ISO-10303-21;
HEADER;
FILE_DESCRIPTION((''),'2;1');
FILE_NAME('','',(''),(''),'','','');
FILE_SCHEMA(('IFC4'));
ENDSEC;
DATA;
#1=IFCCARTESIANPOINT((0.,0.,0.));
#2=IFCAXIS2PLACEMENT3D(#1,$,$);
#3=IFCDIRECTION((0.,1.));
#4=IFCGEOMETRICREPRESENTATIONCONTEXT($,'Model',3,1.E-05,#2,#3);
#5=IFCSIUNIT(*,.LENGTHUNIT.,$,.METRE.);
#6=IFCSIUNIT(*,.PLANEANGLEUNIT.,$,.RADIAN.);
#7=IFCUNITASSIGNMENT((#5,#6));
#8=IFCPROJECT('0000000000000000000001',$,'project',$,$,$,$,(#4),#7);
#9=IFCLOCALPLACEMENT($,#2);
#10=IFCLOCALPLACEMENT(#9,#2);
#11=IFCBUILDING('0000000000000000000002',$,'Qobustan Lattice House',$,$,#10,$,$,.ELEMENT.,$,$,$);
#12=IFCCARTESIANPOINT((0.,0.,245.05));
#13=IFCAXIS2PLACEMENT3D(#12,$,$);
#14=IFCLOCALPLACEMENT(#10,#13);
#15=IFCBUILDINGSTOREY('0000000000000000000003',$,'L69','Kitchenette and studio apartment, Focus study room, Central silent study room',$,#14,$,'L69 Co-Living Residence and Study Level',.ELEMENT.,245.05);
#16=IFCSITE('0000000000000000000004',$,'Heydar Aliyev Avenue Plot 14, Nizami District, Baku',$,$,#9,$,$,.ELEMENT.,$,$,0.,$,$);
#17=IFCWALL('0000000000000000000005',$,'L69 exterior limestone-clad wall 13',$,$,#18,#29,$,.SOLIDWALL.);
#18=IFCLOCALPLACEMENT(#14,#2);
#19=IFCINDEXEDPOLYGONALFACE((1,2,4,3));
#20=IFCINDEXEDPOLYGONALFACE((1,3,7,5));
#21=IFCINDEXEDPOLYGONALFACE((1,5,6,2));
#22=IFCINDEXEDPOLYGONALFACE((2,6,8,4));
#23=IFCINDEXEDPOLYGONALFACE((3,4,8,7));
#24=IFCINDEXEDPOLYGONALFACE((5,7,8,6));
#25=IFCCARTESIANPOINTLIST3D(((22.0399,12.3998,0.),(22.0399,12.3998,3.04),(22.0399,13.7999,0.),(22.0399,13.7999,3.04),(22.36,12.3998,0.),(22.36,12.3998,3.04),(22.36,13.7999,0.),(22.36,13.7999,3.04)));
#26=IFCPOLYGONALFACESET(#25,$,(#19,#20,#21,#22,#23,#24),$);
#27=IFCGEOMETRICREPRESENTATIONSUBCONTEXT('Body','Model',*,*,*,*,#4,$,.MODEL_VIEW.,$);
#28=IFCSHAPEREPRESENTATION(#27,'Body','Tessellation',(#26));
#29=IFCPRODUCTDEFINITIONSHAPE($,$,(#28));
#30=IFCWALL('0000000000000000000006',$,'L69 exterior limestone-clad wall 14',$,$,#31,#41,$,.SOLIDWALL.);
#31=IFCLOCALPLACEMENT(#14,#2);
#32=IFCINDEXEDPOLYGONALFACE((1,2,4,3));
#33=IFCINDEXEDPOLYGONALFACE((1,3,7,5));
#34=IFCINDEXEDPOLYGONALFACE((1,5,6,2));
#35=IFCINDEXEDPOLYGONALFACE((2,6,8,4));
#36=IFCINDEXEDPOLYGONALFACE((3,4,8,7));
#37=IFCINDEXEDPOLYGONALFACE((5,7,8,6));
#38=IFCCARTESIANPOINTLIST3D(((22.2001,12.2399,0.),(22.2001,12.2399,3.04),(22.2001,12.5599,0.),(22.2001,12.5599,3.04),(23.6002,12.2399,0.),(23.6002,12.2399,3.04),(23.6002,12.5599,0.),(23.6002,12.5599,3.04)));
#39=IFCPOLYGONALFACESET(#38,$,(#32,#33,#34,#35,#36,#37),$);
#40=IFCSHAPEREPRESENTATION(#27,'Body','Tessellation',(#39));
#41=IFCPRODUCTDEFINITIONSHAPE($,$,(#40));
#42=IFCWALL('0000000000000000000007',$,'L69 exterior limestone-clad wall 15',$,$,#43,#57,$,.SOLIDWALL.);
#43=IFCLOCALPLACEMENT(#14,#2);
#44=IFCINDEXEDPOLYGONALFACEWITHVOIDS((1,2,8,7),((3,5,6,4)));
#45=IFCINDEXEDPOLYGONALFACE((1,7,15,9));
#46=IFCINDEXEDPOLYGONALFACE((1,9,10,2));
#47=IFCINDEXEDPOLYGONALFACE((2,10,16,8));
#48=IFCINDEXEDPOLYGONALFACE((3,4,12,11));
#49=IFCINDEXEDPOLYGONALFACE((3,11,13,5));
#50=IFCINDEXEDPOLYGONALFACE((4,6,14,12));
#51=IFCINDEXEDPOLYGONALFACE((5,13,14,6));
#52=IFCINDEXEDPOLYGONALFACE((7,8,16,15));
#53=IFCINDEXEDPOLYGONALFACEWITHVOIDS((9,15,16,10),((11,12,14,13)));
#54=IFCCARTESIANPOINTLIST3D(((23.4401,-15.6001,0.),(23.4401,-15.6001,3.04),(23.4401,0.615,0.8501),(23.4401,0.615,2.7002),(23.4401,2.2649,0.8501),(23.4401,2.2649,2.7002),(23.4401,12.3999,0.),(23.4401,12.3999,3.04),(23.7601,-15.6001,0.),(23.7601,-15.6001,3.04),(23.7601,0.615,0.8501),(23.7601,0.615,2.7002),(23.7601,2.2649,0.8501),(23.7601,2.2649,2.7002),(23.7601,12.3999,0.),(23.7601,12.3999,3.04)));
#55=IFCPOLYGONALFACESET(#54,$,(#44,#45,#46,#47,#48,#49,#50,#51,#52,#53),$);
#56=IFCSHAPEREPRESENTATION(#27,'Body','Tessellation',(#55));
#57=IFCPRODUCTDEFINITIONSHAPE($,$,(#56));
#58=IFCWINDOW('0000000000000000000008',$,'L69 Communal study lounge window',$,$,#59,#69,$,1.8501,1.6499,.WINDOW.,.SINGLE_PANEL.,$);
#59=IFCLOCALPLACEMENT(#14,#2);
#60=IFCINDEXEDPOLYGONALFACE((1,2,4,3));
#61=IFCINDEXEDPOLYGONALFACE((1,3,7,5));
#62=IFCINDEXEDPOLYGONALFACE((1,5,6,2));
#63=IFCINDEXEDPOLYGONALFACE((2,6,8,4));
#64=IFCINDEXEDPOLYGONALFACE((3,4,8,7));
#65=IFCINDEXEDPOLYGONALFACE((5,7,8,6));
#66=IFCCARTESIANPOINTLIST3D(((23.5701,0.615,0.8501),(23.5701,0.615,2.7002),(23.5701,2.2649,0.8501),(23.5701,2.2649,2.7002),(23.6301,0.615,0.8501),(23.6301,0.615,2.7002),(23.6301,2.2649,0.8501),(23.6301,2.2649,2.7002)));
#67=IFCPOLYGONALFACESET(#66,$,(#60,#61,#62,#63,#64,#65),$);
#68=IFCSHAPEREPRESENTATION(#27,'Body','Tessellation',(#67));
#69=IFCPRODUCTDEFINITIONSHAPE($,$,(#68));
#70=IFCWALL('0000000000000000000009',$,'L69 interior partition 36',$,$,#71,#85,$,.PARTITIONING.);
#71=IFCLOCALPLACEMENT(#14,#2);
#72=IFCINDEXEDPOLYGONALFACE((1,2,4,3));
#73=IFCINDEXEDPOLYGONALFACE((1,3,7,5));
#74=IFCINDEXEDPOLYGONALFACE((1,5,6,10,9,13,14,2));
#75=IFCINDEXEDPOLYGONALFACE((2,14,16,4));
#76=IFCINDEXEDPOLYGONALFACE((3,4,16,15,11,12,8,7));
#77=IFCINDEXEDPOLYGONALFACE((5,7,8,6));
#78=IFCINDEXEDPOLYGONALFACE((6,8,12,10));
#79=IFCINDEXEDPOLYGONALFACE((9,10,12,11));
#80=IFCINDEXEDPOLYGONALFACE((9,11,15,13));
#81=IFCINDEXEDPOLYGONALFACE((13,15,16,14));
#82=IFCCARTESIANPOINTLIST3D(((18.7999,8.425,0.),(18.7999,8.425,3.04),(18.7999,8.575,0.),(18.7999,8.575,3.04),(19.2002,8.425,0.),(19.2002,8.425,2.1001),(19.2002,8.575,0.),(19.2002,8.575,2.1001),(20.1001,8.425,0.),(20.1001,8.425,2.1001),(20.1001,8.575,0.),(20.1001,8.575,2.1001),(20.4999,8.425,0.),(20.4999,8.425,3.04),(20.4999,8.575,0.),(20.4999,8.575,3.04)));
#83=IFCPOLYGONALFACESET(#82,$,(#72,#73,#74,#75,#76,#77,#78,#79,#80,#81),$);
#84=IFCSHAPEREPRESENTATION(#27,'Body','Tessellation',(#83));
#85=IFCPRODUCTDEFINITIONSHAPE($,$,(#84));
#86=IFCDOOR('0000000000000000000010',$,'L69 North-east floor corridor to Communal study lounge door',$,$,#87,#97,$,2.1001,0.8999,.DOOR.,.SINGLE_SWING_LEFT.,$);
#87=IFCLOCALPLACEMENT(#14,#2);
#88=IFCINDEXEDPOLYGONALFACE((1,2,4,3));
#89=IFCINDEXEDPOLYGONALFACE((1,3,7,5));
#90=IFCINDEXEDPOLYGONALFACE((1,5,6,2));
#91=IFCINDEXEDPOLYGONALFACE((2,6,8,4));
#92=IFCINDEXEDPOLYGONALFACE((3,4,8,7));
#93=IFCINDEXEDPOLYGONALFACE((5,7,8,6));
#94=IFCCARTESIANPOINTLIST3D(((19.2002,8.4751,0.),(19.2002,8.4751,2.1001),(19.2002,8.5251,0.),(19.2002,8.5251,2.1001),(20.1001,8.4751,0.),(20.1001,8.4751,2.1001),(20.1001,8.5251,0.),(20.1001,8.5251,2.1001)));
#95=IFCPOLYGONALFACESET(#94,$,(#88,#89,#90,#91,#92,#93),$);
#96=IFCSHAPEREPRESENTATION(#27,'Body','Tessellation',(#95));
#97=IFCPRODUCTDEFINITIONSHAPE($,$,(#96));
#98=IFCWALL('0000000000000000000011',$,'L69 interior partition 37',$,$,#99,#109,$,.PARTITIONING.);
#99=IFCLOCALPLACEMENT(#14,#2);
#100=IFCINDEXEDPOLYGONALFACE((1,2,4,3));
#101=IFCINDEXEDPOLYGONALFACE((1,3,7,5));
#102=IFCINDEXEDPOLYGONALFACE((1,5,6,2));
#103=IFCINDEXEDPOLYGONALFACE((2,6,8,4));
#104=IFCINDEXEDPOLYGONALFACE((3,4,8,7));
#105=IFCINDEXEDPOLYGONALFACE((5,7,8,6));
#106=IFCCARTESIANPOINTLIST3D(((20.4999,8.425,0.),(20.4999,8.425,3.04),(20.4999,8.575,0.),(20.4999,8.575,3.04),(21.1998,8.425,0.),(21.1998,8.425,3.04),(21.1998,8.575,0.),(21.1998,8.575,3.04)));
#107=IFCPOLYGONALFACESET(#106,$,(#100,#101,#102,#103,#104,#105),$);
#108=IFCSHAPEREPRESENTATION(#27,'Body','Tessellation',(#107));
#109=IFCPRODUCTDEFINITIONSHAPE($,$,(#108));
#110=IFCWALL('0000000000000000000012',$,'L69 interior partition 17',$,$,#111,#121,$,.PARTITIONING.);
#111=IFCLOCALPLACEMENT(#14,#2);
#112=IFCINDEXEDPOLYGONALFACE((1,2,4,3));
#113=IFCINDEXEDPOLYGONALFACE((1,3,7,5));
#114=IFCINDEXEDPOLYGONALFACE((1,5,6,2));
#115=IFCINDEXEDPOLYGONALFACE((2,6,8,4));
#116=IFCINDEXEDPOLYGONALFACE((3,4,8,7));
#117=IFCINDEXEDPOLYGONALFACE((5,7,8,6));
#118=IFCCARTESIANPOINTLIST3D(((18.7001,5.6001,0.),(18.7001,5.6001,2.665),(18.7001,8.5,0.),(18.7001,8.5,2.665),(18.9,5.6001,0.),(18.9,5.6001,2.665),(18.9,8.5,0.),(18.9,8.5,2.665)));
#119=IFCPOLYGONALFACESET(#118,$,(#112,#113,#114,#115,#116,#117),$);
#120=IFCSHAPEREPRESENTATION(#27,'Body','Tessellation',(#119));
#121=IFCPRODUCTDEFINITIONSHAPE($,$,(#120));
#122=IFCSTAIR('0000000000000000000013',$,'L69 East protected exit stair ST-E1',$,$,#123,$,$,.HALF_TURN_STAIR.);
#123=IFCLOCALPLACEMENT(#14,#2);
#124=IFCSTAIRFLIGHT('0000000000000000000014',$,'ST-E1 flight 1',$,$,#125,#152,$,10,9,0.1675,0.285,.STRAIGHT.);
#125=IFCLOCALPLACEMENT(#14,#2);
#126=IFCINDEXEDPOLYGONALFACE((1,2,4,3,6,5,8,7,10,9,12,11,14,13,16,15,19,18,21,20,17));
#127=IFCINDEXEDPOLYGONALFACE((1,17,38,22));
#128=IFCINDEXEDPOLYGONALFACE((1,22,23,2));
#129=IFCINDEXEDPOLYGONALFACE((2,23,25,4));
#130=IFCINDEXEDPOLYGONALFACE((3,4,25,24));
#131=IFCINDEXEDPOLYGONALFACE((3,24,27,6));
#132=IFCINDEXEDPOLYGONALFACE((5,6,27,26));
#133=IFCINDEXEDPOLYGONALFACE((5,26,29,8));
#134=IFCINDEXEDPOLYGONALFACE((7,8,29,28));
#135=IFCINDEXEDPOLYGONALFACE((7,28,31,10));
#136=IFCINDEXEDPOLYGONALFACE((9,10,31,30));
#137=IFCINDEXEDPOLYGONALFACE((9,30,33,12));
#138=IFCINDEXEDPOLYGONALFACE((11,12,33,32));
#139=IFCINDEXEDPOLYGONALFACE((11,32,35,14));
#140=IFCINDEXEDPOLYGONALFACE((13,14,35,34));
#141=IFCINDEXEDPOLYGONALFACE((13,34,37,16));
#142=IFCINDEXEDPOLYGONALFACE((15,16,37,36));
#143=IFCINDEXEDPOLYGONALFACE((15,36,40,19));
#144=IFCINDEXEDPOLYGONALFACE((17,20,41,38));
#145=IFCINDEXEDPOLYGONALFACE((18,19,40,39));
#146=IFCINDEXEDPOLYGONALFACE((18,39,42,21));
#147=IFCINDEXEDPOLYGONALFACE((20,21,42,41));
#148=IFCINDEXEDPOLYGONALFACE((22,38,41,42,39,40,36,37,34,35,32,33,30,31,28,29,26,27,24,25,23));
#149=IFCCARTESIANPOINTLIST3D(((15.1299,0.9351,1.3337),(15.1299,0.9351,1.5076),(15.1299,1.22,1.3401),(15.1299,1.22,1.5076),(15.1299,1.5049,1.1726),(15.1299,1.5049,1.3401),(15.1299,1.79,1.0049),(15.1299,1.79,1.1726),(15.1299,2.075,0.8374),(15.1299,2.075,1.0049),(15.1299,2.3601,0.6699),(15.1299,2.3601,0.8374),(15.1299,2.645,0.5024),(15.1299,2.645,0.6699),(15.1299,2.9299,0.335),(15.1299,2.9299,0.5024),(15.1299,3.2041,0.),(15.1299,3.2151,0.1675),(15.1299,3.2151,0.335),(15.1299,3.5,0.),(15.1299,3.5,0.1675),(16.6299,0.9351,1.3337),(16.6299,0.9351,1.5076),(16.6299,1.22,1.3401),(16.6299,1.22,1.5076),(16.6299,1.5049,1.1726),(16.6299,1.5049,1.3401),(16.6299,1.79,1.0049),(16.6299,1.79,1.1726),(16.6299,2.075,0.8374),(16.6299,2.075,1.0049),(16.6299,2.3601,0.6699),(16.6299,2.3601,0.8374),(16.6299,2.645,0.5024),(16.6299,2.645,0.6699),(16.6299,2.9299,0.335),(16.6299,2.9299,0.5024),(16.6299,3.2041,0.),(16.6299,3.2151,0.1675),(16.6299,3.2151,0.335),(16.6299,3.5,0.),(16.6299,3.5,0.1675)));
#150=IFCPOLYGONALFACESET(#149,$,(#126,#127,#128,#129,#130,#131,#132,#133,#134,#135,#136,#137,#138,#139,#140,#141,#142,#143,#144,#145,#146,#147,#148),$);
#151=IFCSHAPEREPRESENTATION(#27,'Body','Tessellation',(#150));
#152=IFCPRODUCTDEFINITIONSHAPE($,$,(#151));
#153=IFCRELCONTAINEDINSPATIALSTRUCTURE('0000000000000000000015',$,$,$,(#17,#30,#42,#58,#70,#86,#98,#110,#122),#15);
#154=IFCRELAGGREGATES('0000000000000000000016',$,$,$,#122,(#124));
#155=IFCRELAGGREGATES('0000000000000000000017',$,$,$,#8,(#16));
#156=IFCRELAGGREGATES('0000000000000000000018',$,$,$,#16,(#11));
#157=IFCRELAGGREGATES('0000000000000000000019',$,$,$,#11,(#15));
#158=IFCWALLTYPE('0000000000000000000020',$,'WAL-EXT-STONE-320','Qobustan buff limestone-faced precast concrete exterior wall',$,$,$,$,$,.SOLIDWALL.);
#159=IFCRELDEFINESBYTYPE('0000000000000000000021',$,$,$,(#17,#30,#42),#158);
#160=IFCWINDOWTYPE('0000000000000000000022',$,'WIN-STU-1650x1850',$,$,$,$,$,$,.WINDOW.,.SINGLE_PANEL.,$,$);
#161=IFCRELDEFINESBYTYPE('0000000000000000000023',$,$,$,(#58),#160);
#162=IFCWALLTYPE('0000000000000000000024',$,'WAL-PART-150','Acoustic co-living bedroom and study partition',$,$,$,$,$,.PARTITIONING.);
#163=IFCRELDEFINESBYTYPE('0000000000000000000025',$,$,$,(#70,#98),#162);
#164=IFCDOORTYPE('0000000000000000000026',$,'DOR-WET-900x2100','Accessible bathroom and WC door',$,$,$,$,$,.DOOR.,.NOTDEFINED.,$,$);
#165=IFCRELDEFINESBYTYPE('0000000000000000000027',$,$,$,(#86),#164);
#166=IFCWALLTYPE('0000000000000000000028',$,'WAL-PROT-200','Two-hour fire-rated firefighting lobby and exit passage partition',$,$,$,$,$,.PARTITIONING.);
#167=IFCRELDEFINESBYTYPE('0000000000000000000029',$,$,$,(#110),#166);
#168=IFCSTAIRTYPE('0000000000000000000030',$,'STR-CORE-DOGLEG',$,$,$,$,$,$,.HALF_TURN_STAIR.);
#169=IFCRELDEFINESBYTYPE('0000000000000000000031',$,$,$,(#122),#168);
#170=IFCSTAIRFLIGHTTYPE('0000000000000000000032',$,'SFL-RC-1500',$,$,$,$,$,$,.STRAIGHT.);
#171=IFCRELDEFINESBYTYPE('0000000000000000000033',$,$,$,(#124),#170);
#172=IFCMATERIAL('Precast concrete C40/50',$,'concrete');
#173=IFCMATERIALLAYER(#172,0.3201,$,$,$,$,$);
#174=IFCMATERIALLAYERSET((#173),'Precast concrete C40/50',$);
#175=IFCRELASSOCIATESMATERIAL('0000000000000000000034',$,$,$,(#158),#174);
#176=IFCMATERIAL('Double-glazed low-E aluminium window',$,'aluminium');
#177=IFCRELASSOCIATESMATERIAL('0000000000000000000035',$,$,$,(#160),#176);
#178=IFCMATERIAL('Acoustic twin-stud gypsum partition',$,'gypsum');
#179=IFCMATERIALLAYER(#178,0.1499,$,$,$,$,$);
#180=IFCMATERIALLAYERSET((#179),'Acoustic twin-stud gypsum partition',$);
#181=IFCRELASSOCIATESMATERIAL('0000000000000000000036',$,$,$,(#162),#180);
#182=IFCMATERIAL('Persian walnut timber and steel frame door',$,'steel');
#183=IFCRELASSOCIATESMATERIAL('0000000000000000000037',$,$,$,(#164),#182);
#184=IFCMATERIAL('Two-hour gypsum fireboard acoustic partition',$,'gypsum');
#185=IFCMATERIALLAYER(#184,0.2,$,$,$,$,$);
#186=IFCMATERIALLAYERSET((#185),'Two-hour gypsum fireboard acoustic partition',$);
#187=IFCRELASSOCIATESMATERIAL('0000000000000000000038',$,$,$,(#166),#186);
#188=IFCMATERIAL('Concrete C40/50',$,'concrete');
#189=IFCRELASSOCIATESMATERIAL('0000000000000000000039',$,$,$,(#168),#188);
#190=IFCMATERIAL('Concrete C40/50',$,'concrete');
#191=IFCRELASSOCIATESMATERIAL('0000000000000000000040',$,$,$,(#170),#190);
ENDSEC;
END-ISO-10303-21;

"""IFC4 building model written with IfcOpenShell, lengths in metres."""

from ifc_helpers import new_model, si_unit, direction, frame, frame_2d, origin, place, context, subcontext, project, spatial, polyline, rectangle, outline, extrude, material, layer, layer_set, type_object, element, fill, aggregate, save


model = new_model("IFC4")

# Units and contexts
model_context = context("Model", 3, precision=1e-05, world=origin(), true_north=direction((0.0, 1.0)))
body_context = subcontext(model_context, "Body", "Model", "MODEL_VIEW")
ifc_project = project(units=[si_unit("LENGTHUNIT", "METRE"), si_unit("PLANEANGLEUNIT", "RADIAN")], contexts=[model_context])

# Site, building, storey
site_placement = place(None, origin())
site = spatial("IfcSite", under=ifc_project, at=site_placement, Name="Heydar Aliyev Avenue Plot 14, Nizami District, Baku", CompositionType="ELEMENT", RefElevation=0.0)
building_placement = place(site_placement, origin())
building = spatial("IfcBuilding", under=site, at=building_placement, Name="Qobustan Lattice House", CompositionType="ELEMENT")
storey_placement = place(building_placement, frame((0.0, 0.0, 245.05)))
storey = spatial("IfcBuildingStorey", under=building, at=storey_placement, Name="L69", Description="Kitchenette and studio apartment, Focus study room, Central silent study room", LongName="L69 Co-Living Residence and Study Level", CompositionType="ELEMENT", Elevation=245.05)

# Walls
ifc_material_1 = material(Name="Precast concrete C40/50", Category="concrete")
ifc_layer_1 = layer(ifc_material_1, 0.3201)
ifc_layer_set_1 = layer_set([ifc_layer_1], Name="Precast concrete C40/50")
wall_type_1 = type_object("IfcWallType", Name="WAL-EXT-STONE-320", Description="Qobustan buff limestone-faced precast concrete exterior wall", PredefinedType="SOLIDWALL", material=ifc_layer_set_1)
for number, where, z_axis, x_axis, name in (
    (1, (22.2, 13.8, 0.0), (0.0, 0.0, 1.0), (0.0, -1.0, 0.0), "L69 exterior limestone-clad wall 13"),
    (2, (22.2, 12.3999, 0.0), (0.0, 0.0, 1.0), (1.0, 0.0, 0.0), "L69 exterior limestone-clad wall 14"),
):
    element("IfcWall", number, at=place(storey_placement, frame(where, z_axis=z_axis, x_axis=x_axis)), inside=storey, type_object=wall_type_1, Name=name, PredefinedType="SOLIDWALL", context=body_context, shape_type="SweptSolid", body=[
        extrude(rectangle(XDim=1.4001, YDim=0.3201, at=frame_2d((0.7002, 0.0))), origin(), (0.0, 0.0, 1.0), 3.04),
    ])

# Wall, opening, window
wall_1_placement = place(storey_placement, frame((23.6001, 12.3999, 0.0), z_axis=(0.0, 0.0, 1.0), x_axis=(0.0, -1.0, 0.0)))
wall_1 = element("IfcWall", 3, at=wall_1_placement, inside=storey, type_object=wall_type_1, Name="L69 exterior limestone-clad wall 15", PredefinedType="SOLIDWALL", context=body_context, shape_type="SweptSolid", body=[
    extrude(rectangle(XDim=28.0, YDim=0.3201, at=frame_2d((14.0, 0.0))), origin(), (0.0, 0.0, 1.0), 3.04),
])
opening_1_placement = place(wall_1_placement, frame((10.135, 0.0, 0.8501)))
opening_1 = element("IfcOpeningElement", 4, at=opening_1_placement, cuts=wall_1, PredefinedType="OPENING", context=body_context, shape_type="SweptSolid", body=[
    extrude(rectangle(XDim=1.6499, YDim=1.8501, at=frame_2d((0.825, 0.925))), frame((0.0, 0.1699, 0.0), z_axis=(0.0, -1.0, 0.0), x_axis=(1.0, 0.0, 0.0)), (0.0, 0.0, 1.0), 0.3401),
])
ifc_material_2 = material(Name="Double-glazed low-E aluminium window", Category="aluminium")
window_type = type_object("IfcWindowType", Name="WIN-STU-1650x1850", PartitioningType="SINGLE_PANEL", PredefinedType="WINDOW", material=ifc_material_2)
window_placement = place(opening_1_placement, origin())
window = element("IfcWindow", 5, at=window_placement, inside=storey, type_object=window_type, Name="L69 Communal study lounge window", OverallHeight=1.8501, OverallWidth=1.6499, PartitioningType="SINGLE_PANEL", PredefinedType="WINDOW", context=body_context, shape_type="SweptSolid", body=[
    extrude(rectangle(XDim=1.6499, YDim=1.8501, at=frame_2d((0.825, 0.925))), frame((0.0, 0.03, 0.0), z_axis=(0.0, -1.0, 0.0), x_axis=(1.0, 0.0, 0.0)), (0.0, 0.0, 1.0), 0.0601),
])
fill(opening_1, window)

# Wall, opening, door
ifc_material_3 = material(Name="Acoustic twin-stud gypsum partition", Category="gypsum")
ifc_layer_2 = layer(ifc_material_3, 0.1499)
ifc_layer_set_2 = layer_set([ifc_layer_2], Name="Acoustic twin-stud gypsum partition")
wall_type_2 = type_object("IfcWallType", Name="WAL-PART-150", Description="Acoustic co-living bedroom and study partition", PredefinedType="PARTITIONING", material=ifc_layer_set_2)
wall_2_placement = place(storey_placement, frame((20.5, 8.5, 0.0), z_axis=(0.0, 0.0, 1.0), x_axis=(-1.0, 0.0, 0.0)))
wall_2 = element("IfcWall", 6, at=wall_2_placement, inside=storey, type_object=wall_type_2, Name="L69 interior partition 36", PredefinedType="PARTITIONING", context=body_context, shape_type="SweptSolid", body=[
    extrude(rectangle(XDim=1.7, YDim=0.1499, at=frame_2d((0.8501, 0.0))), origin(), (0.0, 0.0, 1.0), 3.04),
])
opening_2_placement = place(wall_2_placement, frame((0.3999, 0.0, 0.0)))
opening_2 = element("IfcOpeningElement", 7, at=opening_2_placement, cuts=wall_2, PredefinedType="OPENING", context=body_context, shape_type="SweptSolid", body=[
    extrude(rectangle(XDim=0.8999, YDim=2.1001, at=frame_2d((0.45, 1.05))), frame((0.0, 0.085, 0.0), z_axis=(0.0, -1.0, 0.0), x_axis=(1.0, 0.0, 0.0)), (0.0, 0.0, 1.0), 0.1699),
])
ifc_material_4 = material(Name="Persian walnut timber and steel frame door", Category="steel")
door_type_1 = type_object("IfcDoorType", Name="DOR-WET-900x2100", Description="Accessible bathroom and WC door", OperationType="NOTDEFINED", PredefinedType="DOOR", material=ifc_material_4)
door_1_placement = place(opening_2_placement, origin())
door_1 = element("IfcDoor", 8, at=door_1_placement, inside=storey, type_object=door_type_1, Name="L69 North-east floor corridor to Communal study lounge door", OperationType="SINGLE_SWING_LEFT", OverallHeight=2.1001, OverallWidth=0.8999, PredefinedType="DOOR", context=body_context, shape_type="SweptSolid", body=[
    extrude(rectangle(XDim=0.8999, YDim=2.1001, at=frame_2d((0.45, 1.05))), frame((0.0, 0.0249, 0.0), z_axis=(0.0, -1.0, 0.0), x_axis=(1.0, 0.0, 0.0)), (0.0, 0.0, 1.0), 0.05),
])
fill(opening_2, door_1)

# Wall
wall_3_placement = place(storey_placement, frame((21.2, 8.5, 0.0), z_axis=(0.0, 0.0, 1.0), x_axis=(-1.0, 0.0, 0.0)))
element("IfcWall", 9, at=wall_3_placement, inside=storey, type_object=wall_type_2, Name="L69 interior partition 37", PredefinedType="PARTITIONING", context=body_context, shape_type="SweptSolid", body=[
    extrude(rectangle(XDim=0.7, YDim=0.1499, at=frame_2d((0.3501, 0.0))), origin(), (0.0, 0.0, 1.0), 3.04),
])

# Shared definitions
ifc_material_5 = material(Name="Two-hour gypsum fireboard acoustic partition", Category="gypsum")
ifc_layer_3 = layer(ifc_material_5, 0.2)
ifc_layer_set_3 = layer_set([ifc_layer_3], Name="Two-hour gypsum fireboard acoustic partition")
wall_type_3 = type_object("IfcWallType", Name="WAL-PROT-200", Description="Two-hour fire-rated firefighting lobby and exit passage partition", PredefinedType="PARTITIONING", material=ifc_layer_set_3)

# Wall
wall_4_placement = place(storey_placement, frame((18.8, 5.6001, 0.0), z_axis=(0.0, 0.0, 1.0), x_axis=(0.0, 1.0, 0.0)))
element("IfcWall", 10, at=wall_4_placement, inside=storey, type_object=wall_type_3, Name="L69 interior partition 17", PredefinedType="PARTITIONING", context=body_context, shape_type="SweptSolid", body=[
    extrude(rectangle(XDim=2.8999, YDim=0.2, at=frame_2d((1.45, 0.0))), origin(), (0.0, 0.0, 1.0), 2.665),
])

# Stair, stair flight
ifc_material_6 = material(Name="Concrete C40/50", Category="concrete")
stair_type = type_object("IfcStairType", Name="STR-CORE-DOGLEG", PredefinedType="HALF_TURN_STAIR", material=ifc_material_6)
stair_placement = place(storey_placement, origin())
stair = element("IfcStair", 11, at=stair_placement, inside=storey, type_object=stair_type, Name="L69 East protected exit stair ST-E1", PredefinedType="HALF_TURN_STAIR")
ifc_material_7 = material(Name="Concrete C40/50", Category="concrete")
stair_flight_type = type_object("IfcStairFlightType", Name="SFL-RC-1500", PredefinedType="STRAIGHT", material=ifc_material_7)
stair_flight_1_placement = place(storey_placement, frame((15.8799, 3.5, 0.0), z_axis=(0.0, 0.0, 1.0), x_axis=(0.0, -1.0, 0.0)))
stair_flight_1 = element("IfcStairFlight", 12, at=stair_flight_1_placement, type_object=stair_flight_type, Name="ST-E1 flight 1", NumberOfRisers=10, NumberOfTreads=9, PredefinedType="STRAIGHT", RiserHeight=0.1675, TreadLength=0.285, context=body_context, shape_type="SweptSolid", body=[
    extrude(outline(polyline([(0.0, 0.0), (0.0, 0.1675), (0.2849, 0.1675), (0.2849, 0.335), (0.5701, 0.335), (0.5701, 0.5024), (0.855, 0.5024), (0.855, 0.6699), (1.1399, 0.6699), (1.1399, 0.8374), (1.425, 0.8374), (1.425, 1.0049), (1.71, 1.0049), (1.71, 1.1726), (1.9951, 1.1726), (1.9951, 1.3401), (2.28, 1.3401), (2.28, 1.5076), (2.5649, 1.5076), (2.5649, 1.675), (2.5649, 1.3337), (0.2959, 0.0), (0.0, 0.0)])), frame((0.0, 0.75, 0.0), z_axis=(0.0, -1.0, 0.0), x_axis=(1.0, 0.0, 0.0)), (0.0, 0.0, 1.0), 1.5),
])
aggregate(stair, [stair_flight_1])

save(model, "model.ifc")
